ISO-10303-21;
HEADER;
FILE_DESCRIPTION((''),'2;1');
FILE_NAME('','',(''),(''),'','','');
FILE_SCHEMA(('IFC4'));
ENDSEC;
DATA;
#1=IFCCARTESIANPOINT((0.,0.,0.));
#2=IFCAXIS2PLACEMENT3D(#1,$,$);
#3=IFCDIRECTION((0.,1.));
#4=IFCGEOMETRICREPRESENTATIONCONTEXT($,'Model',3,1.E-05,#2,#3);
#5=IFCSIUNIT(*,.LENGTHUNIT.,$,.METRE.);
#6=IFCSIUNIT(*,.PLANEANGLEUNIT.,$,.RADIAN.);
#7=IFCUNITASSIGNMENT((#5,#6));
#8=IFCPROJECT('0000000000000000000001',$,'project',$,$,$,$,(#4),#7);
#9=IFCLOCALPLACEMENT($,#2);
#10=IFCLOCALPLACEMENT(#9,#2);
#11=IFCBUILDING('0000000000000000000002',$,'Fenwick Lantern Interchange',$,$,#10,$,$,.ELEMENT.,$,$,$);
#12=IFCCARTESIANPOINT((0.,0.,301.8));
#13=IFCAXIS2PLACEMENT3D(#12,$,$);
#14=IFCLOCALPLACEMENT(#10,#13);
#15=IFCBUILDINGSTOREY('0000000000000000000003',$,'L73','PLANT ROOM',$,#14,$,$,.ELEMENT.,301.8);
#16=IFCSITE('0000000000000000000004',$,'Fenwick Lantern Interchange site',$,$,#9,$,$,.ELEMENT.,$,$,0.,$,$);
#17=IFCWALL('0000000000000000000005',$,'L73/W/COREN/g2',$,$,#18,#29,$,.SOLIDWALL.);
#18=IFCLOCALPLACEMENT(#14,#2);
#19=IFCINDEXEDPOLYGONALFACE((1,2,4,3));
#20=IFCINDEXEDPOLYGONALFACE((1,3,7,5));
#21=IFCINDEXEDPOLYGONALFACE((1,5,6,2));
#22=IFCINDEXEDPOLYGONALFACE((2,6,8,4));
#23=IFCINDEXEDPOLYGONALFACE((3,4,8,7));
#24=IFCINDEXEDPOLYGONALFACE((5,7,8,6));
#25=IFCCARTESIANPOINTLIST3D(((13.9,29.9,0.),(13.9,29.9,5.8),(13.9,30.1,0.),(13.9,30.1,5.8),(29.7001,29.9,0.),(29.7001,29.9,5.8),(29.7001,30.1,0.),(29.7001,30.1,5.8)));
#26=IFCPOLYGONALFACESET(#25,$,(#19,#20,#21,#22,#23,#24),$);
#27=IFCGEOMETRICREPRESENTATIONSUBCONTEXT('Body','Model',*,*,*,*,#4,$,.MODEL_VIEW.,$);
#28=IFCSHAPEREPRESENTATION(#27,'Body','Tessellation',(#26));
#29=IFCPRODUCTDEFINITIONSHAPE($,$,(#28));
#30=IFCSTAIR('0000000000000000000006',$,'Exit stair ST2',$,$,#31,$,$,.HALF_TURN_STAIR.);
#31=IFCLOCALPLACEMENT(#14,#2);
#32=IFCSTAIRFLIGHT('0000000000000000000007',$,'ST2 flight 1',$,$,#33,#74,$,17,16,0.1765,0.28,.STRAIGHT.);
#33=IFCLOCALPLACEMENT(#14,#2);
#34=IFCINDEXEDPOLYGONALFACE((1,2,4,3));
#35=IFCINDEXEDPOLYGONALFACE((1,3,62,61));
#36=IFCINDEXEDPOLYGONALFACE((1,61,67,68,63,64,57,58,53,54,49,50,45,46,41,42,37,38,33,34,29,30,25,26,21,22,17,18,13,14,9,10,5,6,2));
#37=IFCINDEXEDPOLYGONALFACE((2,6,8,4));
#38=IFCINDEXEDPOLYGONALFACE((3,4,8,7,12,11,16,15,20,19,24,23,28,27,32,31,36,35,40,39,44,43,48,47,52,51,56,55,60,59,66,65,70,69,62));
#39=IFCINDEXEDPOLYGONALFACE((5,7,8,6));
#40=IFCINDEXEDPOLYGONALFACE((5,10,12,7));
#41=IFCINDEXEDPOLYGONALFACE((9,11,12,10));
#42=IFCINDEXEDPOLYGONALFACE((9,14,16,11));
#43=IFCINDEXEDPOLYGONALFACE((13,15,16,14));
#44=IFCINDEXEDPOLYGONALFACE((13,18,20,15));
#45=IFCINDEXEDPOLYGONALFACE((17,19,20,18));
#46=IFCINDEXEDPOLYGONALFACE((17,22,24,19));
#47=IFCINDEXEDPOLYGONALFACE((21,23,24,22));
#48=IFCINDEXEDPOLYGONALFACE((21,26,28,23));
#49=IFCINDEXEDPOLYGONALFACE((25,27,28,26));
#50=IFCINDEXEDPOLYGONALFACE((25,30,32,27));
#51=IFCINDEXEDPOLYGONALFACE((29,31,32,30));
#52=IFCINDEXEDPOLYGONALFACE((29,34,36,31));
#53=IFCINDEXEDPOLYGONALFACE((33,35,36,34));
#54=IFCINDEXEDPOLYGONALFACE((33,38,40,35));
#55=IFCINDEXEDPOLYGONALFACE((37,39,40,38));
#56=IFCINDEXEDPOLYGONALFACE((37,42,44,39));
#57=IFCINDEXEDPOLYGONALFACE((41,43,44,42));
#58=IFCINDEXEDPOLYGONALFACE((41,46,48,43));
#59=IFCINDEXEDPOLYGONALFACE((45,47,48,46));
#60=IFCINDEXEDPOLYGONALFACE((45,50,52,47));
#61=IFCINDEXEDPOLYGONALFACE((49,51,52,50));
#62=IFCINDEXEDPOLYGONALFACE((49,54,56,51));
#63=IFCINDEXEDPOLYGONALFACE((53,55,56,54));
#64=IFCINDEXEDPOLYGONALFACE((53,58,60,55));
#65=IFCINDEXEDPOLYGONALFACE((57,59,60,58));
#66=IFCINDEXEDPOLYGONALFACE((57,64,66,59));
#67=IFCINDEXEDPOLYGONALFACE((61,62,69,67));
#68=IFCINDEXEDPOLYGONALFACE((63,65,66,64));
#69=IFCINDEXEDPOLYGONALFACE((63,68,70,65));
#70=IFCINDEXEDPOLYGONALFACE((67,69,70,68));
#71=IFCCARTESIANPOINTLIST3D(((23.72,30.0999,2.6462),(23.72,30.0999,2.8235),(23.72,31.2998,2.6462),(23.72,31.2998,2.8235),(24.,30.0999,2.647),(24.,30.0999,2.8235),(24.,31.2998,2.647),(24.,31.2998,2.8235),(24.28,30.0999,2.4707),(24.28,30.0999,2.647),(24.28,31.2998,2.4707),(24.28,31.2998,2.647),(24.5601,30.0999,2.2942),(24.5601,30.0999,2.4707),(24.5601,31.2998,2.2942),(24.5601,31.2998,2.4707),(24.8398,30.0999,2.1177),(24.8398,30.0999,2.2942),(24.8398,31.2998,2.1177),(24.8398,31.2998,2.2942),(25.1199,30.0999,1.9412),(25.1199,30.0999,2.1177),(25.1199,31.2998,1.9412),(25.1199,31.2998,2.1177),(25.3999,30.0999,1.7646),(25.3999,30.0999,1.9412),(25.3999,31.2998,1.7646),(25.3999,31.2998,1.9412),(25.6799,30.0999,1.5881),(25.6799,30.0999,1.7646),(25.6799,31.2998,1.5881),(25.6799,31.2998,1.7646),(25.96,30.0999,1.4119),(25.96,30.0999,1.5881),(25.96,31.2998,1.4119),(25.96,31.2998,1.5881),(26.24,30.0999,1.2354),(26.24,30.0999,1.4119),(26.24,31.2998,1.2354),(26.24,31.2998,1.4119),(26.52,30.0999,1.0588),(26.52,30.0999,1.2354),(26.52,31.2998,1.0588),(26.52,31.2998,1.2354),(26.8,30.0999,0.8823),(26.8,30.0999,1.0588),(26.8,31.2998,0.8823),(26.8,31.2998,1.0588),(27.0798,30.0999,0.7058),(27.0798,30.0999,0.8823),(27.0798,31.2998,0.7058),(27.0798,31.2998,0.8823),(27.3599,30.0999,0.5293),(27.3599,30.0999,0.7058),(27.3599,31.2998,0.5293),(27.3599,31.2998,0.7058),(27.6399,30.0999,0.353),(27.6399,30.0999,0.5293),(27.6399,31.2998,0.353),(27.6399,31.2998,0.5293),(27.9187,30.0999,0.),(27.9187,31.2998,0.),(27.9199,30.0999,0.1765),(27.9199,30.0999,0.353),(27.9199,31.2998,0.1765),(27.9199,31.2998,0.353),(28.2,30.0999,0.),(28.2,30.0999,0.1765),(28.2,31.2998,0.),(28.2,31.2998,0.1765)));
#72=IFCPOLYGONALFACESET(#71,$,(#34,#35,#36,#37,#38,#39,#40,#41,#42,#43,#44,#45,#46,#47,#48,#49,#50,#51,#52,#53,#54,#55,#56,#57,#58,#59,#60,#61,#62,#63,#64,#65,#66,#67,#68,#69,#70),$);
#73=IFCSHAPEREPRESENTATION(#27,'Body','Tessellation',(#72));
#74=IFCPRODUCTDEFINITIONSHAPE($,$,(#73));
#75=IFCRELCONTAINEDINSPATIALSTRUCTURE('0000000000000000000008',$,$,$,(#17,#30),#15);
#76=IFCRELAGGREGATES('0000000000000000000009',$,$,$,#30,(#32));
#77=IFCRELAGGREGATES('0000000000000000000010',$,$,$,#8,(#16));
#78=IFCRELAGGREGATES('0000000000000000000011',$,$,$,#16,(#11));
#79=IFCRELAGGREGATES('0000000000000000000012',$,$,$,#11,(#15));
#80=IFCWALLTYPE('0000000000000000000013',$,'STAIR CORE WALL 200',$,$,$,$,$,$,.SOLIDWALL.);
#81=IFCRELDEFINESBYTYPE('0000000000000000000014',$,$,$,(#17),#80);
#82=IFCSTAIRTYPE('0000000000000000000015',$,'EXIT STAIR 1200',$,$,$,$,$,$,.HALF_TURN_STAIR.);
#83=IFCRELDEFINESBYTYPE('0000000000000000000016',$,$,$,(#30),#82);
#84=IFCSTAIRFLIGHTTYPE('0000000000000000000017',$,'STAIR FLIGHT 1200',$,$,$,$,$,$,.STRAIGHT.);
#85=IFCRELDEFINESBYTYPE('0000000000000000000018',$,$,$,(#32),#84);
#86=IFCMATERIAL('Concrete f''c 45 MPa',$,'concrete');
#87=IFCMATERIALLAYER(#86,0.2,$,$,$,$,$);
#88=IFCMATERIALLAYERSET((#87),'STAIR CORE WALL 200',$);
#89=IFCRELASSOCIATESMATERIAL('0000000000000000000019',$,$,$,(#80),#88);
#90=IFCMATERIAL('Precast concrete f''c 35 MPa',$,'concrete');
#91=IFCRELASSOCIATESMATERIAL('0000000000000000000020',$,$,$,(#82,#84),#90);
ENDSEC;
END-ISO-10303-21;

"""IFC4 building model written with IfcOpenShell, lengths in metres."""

from ifc_helpers import new_model, si_unit, direction, frame, frame_2d, origin, place, context, subcontext, project, spatial, polyline, rectangle, outline, extrude, material, layer, layer_set, type_object, element, aggregate, save


model = new_model("IFC4")

# Units and contexts
model_context = context("Model", 3, precision=1e-05, world=origin(), true_north=direction((0.0, 1.0)))
body_context = subcontext(model_context, "Body", "Model", "MODEL_VIEW")
ifc_project = project(units=[si_unit("LENGTHUNIT", "METRE"), si_unit("PLANEANGLEUNIT", "RADIAN")], contexts=[model_context])

# Site, building, storey
site_placement = place(None, origin())
site = spatial("IfcSite", under=ifc_project, at=site_placement, Name="Fenwick Lantern Interchange site", CompositionType="ELEMENT", RefElevation=0.0)
building_placement = place(site_placement, origin())
building = spatial("IfcBuilding", under=site, at=building_placement, Name="Fenwick Lantern Interchange", CompositionType="ELEMENT")
storey_placement = place(building_placement, frame((0.0, 0.0, 301.8)))
storey = spatial("IfcBuildingStorey", under=building, at=storey_placement, Name="L73", Description="PLANT ROOM", CompositionType="ELEMENT", Elevation=301.8)

# Shared definitions
ifc_material_1 = material(Name="Concrete f'c 45 MPa", Category="concrete")
ifc_layer_1 = layer(ifc_material_1, 0.2)
ifc_layer_set_1 = layer_set([ifc_layer_1], Name="STAIR CORE WALL 200")
wall_type_1 = type_object("IfcWallType", Name="STAIR CORE WALL 200", PredefinedType="SOLIDWALL", material=ifc_layer_set_1)

# Wall
wall_1_placement = place(storey_placement, frame((29.7, 30.0, 0.0), z_axis=(0.0, 0.0, 1.0), x_axis=(-1.0, 0.0, 0.0)))
element("IfcWall", 1, at=wall_1_placement, inside=storey, type_object=wall_type_1, Name="L73/W/COREN/g2", PredefinedType="SOLIDWALL", context=body_context, shape_type="SweptSolid", body=[
    extrude(rectangle(XDim=15.8, YDim=0.2, at=frame_2d((7.8999, 0.0))), origin(), (0.0, 0.0, 1.0), 5.8),
])

# Stair, stair flight
ifc_material_2 = material(Name="Precast concrete f'c 35 MPa", Category="concrete")
stair_type = type_object("IfcStairType", Name="EXIT STAIR 1200", PredefinedType="HALF_TURN_STAIR", material=ifc_material_2)
stair_placement = place(storey_placement, origin())
stair = element("IfcStair", 2, at=stair_placement, inside=storey, type_object=stair_type, Name="Exit stair ST2", PredefinedType="HALF_TURN_STAIR")
stair_flight_type = type_object("IfcStairFlightType", Name="STAIR FLIGHT 1200", PredefinedType="STRAIGHT", material=ifc_material_2)
stair_flight_placement = place(storey_placement, frame((28.2, 30.7, 0.0), z_axis=(0.0, 0.0, 1.0), x_axis=(-1.0, 0.0, 0.0)))
stair_flight = element("IfcStairFlight", 3, at=stair_flight_placement, type_object=stair_flight_type, Name="ST2 flight 1", NumberOfRisers=17, NumberOfTreads=16, PredefinedType="STRAIGHT", RiserHeight=0.1765, TreadLength=0.28, context=body_context, shape_type="SweptSolid", body=[
    extrude(outline(polyline([(0.0, 0.0), (0.0, 0.1765), (0.28, 0.1765), (0.28, 0.353), (0.5601, 0.353), (0.5601, 0.5293), (0.8401, 0.5293), (0.8401, 0.7058), (1.1201, 0.7058), (1.1201, 0.8823), (1.3999, 0.8823), (1.3999, 1.0588), (1.6799, 1.0588), (1.6799, 1.2354), (1.96, 1.2354), (1.96, 1.4119), (2.24, 1.4119), (2.24, 1.5881), (2.52, 1.5881), (2.52, 1.7646), (2.8, 1.7646), (2.8, 1.9412), (3.0801, 1.9412), (3.0801, 2.1177), (3.3601, 2.1177), (3.3601, 2.2942), (3.6399, 2.2942), (3.6399, 2.4707), (3.9199, 2.4707), (3.9199, 2.647), (4.2, 2.647), (4.2, 2.8235), (4.48, 2.8235), (4.48, 3.0), (4.48, 2.6462), (0.2812, 0.0), (0.0, 0.0)])), frame((0.0, 0.6001, 0.0), z_axis=(0.0, -1.0, 0.0), x_axis=(1.0, 0.0, 0.0)), (0.0, 0.0, 1.0), 1.2),
])
aggregate(stair, [stair_flight])

save(model, "model.ifc")
